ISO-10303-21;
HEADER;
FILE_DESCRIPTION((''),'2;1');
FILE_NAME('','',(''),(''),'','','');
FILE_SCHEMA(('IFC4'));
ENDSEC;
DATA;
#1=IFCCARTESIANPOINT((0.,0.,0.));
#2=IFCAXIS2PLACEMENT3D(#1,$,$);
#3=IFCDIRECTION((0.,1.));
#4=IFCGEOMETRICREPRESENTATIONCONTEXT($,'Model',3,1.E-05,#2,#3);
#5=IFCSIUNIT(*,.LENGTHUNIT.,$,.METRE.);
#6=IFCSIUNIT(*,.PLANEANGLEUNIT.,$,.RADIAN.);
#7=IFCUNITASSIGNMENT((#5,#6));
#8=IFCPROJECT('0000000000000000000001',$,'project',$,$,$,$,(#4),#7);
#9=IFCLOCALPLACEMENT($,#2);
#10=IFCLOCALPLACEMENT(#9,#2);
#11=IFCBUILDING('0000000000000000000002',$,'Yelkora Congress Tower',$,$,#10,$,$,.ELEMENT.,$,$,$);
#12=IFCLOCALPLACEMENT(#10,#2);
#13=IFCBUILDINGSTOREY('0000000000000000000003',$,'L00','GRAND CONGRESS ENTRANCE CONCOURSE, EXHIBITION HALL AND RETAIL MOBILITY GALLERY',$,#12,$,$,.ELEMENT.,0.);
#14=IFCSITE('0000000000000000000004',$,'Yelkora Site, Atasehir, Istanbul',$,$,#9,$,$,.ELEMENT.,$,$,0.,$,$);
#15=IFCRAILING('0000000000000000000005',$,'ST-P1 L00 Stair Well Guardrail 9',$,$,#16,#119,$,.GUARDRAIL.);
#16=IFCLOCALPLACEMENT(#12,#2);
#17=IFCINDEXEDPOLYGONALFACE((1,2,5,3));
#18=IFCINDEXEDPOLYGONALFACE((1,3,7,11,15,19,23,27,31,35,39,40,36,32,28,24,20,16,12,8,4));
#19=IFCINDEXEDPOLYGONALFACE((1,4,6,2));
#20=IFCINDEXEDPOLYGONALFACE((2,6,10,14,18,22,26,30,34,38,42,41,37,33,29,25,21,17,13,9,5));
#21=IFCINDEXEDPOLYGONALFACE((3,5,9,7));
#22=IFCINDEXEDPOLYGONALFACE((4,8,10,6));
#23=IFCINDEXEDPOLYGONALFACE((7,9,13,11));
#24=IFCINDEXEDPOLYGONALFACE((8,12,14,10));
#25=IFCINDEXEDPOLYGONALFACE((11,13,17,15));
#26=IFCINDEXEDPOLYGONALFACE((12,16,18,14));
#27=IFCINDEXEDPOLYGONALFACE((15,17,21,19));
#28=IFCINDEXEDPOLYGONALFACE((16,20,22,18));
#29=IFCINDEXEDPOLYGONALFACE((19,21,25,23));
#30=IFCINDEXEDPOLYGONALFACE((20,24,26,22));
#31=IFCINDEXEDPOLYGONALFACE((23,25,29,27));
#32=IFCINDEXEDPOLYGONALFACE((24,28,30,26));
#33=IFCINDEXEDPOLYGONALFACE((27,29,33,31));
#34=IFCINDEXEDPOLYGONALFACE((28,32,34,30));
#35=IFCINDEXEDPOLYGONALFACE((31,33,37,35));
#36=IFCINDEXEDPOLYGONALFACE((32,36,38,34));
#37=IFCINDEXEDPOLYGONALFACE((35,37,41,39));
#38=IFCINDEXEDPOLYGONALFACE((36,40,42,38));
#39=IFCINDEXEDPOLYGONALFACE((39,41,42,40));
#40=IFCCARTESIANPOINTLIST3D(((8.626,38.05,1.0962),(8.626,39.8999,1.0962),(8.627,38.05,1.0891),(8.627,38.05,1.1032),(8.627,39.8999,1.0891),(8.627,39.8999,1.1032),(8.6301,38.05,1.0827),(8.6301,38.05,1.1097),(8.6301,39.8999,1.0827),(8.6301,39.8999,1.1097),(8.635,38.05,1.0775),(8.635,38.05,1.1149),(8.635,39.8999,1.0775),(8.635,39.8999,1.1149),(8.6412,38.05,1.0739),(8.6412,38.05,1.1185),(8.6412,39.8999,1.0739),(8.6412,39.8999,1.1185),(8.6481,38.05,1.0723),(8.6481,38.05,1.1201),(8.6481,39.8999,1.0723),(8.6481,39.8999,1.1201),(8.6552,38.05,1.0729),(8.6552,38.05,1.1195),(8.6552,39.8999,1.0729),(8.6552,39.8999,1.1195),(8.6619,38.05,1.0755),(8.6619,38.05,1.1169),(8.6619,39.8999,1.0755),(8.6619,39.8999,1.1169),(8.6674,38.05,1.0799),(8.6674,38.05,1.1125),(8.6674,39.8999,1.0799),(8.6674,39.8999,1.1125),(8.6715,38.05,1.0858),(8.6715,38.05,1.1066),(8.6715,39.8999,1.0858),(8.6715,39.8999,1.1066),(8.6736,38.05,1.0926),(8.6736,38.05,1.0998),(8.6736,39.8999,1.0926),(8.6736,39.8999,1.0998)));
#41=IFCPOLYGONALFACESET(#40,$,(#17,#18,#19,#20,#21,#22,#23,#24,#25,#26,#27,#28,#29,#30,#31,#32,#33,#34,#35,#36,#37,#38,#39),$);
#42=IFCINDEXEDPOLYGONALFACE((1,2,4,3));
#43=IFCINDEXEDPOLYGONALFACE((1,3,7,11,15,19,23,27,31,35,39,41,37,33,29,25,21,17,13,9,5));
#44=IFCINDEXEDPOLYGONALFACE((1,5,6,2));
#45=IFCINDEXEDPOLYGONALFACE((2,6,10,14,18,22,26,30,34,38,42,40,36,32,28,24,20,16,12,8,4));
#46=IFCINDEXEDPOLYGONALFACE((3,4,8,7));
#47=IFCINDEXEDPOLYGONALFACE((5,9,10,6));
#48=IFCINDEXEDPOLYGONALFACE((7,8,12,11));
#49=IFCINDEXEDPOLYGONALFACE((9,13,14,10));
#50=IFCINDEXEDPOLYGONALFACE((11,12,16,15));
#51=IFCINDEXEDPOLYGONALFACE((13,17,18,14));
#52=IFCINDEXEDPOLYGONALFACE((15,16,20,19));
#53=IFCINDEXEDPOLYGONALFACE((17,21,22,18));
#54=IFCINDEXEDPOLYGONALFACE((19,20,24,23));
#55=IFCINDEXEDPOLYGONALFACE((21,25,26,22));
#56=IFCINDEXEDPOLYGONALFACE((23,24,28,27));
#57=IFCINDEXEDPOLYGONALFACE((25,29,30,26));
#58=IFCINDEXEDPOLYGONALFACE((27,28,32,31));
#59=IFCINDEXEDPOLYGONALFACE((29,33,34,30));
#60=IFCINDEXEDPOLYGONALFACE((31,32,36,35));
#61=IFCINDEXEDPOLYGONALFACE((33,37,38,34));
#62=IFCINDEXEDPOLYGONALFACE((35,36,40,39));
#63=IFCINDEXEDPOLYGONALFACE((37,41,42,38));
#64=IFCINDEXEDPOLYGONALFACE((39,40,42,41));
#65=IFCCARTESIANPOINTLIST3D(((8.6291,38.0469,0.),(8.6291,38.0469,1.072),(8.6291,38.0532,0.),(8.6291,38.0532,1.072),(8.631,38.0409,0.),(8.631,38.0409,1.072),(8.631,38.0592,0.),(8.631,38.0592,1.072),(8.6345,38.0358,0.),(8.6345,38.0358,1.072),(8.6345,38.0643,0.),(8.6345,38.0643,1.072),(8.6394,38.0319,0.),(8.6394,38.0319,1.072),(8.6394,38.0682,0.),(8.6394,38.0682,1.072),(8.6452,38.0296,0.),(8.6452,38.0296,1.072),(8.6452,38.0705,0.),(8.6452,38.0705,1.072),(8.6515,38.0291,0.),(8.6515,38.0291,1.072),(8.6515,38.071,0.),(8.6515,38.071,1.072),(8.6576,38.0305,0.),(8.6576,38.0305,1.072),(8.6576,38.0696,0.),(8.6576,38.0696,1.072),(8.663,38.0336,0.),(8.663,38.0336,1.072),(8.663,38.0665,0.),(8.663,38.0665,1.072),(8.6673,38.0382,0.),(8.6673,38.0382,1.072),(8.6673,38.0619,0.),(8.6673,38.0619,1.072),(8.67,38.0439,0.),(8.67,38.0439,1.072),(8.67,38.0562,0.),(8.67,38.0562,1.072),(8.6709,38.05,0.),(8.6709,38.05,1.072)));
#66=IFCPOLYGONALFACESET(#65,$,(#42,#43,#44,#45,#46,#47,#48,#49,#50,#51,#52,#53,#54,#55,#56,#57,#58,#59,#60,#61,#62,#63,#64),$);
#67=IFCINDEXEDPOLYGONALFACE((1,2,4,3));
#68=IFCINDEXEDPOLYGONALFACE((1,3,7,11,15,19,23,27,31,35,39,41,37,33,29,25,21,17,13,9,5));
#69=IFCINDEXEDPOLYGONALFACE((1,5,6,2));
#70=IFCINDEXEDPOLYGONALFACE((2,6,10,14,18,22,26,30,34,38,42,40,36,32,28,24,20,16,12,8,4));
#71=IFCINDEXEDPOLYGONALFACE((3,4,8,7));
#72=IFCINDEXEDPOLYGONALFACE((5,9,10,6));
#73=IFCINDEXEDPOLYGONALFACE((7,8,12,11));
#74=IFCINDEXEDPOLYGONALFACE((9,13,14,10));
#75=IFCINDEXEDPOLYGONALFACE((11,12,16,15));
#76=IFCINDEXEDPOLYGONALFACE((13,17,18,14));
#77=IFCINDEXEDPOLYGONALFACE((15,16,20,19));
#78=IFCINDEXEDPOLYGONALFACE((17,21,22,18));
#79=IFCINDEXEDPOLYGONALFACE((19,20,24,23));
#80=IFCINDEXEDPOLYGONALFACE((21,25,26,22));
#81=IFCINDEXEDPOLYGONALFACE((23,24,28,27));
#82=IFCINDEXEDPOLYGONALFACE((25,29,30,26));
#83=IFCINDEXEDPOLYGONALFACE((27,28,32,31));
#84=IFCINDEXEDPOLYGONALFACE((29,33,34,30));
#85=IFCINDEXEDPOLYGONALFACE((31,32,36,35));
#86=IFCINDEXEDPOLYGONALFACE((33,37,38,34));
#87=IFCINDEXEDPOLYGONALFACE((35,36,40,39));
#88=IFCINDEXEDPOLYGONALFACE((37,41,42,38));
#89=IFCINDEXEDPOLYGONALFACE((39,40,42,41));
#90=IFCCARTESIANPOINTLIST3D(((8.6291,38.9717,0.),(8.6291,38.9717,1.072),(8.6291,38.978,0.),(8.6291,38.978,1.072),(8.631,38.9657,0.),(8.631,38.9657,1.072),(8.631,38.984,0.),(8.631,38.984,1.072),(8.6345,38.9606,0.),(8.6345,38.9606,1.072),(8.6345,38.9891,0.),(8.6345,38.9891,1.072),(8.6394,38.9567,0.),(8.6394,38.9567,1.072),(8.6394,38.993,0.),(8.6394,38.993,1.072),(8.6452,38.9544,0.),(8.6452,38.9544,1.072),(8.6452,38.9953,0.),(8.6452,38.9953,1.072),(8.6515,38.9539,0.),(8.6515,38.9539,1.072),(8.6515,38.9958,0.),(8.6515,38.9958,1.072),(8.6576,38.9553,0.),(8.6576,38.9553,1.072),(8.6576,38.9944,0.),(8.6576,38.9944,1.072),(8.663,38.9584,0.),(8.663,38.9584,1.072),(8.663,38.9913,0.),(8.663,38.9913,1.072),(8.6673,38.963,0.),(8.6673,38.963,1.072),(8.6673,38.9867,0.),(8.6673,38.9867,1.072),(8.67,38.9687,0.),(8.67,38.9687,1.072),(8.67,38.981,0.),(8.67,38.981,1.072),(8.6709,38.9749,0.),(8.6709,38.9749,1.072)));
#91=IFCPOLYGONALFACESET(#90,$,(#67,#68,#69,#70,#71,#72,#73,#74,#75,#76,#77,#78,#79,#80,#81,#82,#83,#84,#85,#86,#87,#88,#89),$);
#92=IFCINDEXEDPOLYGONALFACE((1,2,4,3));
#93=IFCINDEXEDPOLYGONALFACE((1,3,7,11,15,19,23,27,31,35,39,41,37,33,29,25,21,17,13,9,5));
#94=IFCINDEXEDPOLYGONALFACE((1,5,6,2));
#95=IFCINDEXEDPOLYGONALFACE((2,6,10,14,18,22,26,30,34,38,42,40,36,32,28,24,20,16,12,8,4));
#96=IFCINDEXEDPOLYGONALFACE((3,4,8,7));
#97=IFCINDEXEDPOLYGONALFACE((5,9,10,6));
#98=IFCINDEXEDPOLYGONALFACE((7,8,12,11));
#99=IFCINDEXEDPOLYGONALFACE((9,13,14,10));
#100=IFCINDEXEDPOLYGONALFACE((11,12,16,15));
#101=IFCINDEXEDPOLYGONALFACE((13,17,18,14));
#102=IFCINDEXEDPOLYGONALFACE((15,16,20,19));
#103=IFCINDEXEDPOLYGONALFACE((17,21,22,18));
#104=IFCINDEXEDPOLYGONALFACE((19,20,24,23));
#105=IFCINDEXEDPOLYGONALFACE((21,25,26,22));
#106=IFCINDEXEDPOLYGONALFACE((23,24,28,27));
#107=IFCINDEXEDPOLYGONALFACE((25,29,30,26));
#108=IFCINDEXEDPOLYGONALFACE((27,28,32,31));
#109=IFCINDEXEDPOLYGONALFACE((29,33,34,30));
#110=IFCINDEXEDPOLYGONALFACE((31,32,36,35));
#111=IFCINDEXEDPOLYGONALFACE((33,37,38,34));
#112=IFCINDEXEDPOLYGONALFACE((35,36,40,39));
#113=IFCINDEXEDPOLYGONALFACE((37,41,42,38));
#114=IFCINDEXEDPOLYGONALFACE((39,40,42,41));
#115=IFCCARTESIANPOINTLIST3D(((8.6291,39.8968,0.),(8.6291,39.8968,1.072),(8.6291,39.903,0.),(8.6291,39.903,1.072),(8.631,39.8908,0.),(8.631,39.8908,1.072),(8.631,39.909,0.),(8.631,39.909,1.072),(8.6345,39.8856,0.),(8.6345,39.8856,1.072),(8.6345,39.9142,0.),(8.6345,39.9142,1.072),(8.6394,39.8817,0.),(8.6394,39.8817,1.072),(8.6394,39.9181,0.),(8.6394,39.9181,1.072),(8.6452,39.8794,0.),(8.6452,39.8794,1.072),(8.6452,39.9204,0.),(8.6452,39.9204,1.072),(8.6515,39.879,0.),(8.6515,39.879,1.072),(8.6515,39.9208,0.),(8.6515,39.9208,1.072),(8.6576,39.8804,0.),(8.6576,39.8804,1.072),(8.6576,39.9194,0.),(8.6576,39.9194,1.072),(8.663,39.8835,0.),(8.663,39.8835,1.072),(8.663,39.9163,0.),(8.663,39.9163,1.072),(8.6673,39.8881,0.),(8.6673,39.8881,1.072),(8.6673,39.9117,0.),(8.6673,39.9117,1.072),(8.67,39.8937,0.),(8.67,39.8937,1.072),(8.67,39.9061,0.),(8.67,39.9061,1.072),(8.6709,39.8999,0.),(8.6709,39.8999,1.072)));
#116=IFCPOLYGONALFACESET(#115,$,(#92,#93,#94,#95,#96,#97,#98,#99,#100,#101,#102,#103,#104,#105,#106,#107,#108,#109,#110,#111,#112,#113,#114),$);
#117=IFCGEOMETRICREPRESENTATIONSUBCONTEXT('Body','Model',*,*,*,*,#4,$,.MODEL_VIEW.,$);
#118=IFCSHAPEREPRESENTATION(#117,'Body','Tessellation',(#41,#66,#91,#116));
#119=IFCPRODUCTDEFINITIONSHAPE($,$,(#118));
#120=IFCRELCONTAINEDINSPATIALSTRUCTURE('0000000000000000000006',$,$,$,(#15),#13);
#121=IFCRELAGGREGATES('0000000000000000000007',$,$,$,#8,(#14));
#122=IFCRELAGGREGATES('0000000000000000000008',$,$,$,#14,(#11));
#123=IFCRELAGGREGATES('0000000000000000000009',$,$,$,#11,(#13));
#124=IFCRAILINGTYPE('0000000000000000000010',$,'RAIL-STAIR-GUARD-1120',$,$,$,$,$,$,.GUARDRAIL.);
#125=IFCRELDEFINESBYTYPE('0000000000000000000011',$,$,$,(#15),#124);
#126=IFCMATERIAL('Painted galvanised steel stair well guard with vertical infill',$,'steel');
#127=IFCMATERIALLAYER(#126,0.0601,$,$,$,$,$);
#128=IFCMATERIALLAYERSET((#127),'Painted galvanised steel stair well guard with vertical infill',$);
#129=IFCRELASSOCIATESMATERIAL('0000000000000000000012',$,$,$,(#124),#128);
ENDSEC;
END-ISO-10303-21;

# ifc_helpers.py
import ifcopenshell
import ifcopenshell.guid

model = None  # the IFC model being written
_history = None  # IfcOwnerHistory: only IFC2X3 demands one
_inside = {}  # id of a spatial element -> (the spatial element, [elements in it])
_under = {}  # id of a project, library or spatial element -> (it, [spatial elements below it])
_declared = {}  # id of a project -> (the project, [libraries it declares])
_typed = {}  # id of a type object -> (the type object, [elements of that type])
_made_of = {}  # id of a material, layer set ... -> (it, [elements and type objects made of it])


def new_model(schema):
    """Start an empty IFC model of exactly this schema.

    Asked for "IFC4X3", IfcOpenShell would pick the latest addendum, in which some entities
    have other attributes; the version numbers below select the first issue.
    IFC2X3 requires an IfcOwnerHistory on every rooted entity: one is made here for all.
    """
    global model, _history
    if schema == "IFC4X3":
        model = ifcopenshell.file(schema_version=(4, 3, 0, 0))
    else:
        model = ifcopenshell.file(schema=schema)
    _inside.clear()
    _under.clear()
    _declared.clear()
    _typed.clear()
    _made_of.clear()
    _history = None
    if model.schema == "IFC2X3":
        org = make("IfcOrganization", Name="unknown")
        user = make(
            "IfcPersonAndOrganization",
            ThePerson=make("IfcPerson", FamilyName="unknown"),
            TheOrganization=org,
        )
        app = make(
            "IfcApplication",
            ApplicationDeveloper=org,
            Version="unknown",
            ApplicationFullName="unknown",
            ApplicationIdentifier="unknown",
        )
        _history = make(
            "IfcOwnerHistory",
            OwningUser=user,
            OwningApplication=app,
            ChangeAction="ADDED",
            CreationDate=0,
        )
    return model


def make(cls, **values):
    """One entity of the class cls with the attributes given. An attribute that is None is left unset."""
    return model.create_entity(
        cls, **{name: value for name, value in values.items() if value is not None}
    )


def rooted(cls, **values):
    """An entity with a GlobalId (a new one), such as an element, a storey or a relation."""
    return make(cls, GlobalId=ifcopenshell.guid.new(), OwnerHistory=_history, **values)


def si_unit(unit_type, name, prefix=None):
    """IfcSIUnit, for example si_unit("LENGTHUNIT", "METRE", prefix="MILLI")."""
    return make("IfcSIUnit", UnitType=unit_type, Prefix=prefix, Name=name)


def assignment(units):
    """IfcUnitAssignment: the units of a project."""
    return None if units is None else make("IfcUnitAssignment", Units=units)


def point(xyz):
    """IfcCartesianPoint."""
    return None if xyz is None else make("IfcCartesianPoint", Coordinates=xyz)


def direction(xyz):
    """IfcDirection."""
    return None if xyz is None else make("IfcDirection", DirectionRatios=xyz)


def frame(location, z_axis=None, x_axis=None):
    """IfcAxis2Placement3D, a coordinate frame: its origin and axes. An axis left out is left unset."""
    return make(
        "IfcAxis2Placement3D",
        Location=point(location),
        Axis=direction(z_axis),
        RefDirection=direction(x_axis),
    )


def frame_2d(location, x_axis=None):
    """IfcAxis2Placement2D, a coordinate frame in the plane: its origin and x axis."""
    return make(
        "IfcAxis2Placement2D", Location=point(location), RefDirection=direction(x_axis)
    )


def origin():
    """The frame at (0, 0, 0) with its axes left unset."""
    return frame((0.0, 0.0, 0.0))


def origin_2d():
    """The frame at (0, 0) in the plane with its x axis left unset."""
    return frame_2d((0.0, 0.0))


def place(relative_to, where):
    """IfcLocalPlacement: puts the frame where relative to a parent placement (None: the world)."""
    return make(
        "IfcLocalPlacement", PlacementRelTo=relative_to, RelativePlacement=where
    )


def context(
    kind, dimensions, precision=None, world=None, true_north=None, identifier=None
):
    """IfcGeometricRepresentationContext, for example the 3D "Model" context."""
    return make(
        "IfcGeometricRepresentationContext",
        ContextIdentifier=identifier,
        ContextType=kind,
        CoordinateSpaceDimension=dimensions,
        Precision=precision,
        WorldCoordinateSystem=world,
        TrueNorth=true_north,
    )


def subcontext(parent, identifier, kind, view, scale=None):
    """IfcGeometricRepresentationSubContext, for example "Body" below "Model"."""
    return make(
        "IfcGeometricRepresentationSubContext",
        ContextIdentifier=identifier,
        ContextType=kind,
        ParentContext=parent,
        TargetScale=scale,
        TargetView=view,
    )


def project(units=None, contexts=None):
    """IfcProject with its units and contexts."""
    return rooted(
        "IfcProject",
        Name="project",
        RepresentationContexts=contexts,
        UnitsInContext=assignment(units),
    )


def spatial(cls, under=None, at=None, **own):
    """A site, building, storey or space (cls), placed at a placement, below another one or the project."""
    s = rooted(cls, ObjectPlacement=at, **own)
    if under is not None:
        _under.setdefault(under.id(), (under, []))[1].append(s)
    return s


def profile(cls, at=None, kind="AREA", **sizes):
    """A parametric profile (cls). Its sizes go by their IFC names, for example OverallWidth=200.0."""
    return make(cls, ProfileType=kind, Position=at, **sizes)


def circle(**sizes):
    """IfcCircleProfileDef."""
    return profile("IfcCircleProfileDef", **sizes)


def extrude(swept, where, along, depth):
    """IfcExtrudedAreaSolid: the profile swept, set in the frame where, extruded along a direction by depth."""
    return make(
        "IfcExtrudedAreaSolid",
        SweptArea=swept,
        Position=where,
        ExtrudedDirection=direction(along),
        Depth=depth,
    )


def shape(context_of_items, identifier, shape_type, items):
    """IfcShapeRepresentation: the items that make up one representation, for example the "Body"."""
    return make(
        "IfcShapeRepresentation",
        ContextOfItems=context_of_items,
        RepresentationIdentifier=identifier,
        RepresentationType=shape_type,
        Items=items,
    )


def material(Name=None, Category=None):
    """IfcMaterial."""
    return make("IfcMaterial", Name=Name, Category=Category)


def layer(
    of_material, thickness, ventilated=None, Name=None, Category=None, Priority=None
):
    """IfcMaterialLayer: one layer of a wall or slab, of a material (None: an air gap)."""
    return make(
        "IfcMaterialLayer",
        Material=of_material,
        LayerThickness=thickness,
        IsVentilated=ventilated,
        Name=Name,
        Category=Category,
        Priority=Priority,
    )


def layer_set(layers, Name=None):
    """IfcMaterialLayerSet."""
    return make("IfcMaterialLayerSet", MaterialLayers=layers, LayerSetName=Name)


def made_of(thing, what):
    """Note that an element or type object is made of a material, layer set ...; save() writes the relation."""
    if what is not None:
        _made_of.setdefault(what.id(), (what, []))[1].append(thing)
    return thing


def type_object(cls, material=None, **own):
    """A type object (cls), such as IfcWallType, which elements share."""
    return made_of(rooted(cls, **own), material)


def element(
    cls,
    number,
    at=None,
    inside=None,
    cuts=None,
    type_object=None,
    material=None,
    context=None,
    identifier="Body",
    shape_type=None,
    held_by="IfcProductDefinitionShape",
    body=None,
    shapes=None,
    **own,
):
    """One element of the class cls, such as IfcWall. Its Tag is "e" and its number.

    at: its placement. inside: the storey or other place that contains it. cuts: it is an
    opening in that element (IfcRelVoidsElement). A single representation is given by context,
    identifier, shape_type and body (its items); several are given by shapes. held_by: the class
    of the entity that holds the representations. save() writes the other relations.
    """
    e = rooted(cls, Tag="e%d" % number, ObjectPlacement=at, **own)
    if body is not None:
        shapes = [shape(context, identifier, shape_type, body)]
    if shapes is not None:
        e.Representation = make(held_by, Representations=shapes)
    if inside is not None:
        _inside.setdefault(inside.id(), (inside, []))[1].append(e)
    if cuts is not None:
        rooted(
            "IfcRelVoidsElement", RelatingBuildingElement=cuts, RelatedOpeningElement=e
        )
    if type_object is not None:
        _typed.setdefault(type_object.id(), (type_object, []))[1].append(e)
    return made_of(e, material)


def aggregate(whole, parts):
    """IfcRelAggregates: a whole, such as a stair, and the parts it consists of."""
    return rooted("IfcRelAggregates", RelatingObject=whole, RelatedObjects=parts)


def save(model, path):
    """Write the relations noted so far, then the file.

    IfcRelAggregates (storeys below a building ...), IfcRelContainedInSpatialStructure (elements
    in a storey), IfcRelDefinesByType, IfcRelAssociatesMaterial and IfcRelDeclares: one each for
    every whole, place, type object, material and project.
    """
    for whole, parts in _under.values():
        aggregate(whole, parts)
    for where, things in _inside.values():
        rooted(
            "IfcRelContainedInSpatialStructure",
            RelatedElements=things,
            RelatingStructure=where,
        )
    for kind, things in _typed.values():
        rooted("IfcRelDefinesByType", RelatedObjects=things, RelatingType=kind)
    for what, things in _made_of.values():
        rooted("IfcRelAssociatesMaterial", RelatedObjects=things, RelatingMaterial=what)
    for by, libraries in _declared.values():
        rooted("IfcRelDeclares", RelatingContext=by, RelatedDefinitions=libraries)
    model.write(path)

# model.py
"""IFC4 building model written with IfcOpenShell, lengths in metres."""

from ifc_helpers import new_model, si_unit, direction, frame, origin, origin_2d, place, context, subcontext, project, spatial, circle, extrude, material, layer, layer_set, type_object, element, save


model = new_model("IFC4")

# Units and contexts
model_context = context("Model", 3, precision=1e-05, world=origin(), true_north=direction((0.0, 1.0)))
body_context = subcontext(model_context, "Body", "Model", "MODEL_VIEW")
ifc_project = project(units=[si_unit("LENGTHUNIT", "METRE"), si_unit("PLANEANGLEUNIT", "RADIAN")], contexts=[model_context])

# Site, building, storey
site_placement = place(None, origin())
site = spatial("IfcSite", under=ifc_project, at=site_placement, Name="Yelkora Site, Atasehir, Istanbul", CompositionType="ELEMENT", RefElevation=0.0)
building_placement = place(site_placement, origin())
building = spatial("IfcBuilding", under=site, at=building_placement, Name="Yelkora Congress Tower", CompositionType="ELEMENT")
storey_placement = place(building_placement, origin())
storey = spatial("IfcBuildingStorey", under=building, at=storey_placement, Name="L00", Description="GRAND CONGRESS ENTRANCE CONCOURSE, EXHIBITION HALL AND RETAIL MOBILITY GALLERY", CompositionType="ELEMENT", Elevation=0.0)

# Railing
ifc_material_1 = material(Name="Painted galvanised steel stair well guard with vertical infill", Category="steel")
ifc_layer_1 = layer(ifc_material_1, 0.0601)
ifc_layer_set_1 = layer_set([ifc_layer_1], Name="Painted galvanised steel stair well guard with vertical infill")
railing_type_1 = type_object("IfcRailingType", Name="RAIL-STAIR-GUARD-1120", PredefinedType="GUARDRAIL", material=ifc_layer_set_1)
for number, where, name in (
    (1, (8.6499, 38.05, 0.0), "ST-P1 L00 Stair Well Guardrail 9"),
):
    element("IfcRailing", number, at=place(storey_placement, frame(where)), inside=storey, type_object=railing_type_1, Name=name, PredefinedType="GUARDRAIL", context=body_context, shape_type="SweptSolid", body=[
        extrude(circle(Radius=0.0239, at=origin_2d()), frame((0.0, 0.0, 1.0962), z_axis=(0.0, 1.0, 0.0), x_axis=(-1.0, 0.0, 0.0)), (0.0, 0.0, 1.0), 1.8499),
        extrude(circle(Radius=0.021, at=origin_2d()), origin(), (0.0, 0.0, 1.0), 1.072),
        extrude(circle(Radius=0.021, at=origin_2d()), frame((0.0, 0.9248, 0.0)), (0.0, 0.0, 1.0), 1.072),
        extrude(circle(Radius=0.021, at=origin_2d()), frame((0.0, 1.8499, 0.0)), (0.0, 0.0, 1.0), 1.072),
    ])

save(model, "model.ifc")
